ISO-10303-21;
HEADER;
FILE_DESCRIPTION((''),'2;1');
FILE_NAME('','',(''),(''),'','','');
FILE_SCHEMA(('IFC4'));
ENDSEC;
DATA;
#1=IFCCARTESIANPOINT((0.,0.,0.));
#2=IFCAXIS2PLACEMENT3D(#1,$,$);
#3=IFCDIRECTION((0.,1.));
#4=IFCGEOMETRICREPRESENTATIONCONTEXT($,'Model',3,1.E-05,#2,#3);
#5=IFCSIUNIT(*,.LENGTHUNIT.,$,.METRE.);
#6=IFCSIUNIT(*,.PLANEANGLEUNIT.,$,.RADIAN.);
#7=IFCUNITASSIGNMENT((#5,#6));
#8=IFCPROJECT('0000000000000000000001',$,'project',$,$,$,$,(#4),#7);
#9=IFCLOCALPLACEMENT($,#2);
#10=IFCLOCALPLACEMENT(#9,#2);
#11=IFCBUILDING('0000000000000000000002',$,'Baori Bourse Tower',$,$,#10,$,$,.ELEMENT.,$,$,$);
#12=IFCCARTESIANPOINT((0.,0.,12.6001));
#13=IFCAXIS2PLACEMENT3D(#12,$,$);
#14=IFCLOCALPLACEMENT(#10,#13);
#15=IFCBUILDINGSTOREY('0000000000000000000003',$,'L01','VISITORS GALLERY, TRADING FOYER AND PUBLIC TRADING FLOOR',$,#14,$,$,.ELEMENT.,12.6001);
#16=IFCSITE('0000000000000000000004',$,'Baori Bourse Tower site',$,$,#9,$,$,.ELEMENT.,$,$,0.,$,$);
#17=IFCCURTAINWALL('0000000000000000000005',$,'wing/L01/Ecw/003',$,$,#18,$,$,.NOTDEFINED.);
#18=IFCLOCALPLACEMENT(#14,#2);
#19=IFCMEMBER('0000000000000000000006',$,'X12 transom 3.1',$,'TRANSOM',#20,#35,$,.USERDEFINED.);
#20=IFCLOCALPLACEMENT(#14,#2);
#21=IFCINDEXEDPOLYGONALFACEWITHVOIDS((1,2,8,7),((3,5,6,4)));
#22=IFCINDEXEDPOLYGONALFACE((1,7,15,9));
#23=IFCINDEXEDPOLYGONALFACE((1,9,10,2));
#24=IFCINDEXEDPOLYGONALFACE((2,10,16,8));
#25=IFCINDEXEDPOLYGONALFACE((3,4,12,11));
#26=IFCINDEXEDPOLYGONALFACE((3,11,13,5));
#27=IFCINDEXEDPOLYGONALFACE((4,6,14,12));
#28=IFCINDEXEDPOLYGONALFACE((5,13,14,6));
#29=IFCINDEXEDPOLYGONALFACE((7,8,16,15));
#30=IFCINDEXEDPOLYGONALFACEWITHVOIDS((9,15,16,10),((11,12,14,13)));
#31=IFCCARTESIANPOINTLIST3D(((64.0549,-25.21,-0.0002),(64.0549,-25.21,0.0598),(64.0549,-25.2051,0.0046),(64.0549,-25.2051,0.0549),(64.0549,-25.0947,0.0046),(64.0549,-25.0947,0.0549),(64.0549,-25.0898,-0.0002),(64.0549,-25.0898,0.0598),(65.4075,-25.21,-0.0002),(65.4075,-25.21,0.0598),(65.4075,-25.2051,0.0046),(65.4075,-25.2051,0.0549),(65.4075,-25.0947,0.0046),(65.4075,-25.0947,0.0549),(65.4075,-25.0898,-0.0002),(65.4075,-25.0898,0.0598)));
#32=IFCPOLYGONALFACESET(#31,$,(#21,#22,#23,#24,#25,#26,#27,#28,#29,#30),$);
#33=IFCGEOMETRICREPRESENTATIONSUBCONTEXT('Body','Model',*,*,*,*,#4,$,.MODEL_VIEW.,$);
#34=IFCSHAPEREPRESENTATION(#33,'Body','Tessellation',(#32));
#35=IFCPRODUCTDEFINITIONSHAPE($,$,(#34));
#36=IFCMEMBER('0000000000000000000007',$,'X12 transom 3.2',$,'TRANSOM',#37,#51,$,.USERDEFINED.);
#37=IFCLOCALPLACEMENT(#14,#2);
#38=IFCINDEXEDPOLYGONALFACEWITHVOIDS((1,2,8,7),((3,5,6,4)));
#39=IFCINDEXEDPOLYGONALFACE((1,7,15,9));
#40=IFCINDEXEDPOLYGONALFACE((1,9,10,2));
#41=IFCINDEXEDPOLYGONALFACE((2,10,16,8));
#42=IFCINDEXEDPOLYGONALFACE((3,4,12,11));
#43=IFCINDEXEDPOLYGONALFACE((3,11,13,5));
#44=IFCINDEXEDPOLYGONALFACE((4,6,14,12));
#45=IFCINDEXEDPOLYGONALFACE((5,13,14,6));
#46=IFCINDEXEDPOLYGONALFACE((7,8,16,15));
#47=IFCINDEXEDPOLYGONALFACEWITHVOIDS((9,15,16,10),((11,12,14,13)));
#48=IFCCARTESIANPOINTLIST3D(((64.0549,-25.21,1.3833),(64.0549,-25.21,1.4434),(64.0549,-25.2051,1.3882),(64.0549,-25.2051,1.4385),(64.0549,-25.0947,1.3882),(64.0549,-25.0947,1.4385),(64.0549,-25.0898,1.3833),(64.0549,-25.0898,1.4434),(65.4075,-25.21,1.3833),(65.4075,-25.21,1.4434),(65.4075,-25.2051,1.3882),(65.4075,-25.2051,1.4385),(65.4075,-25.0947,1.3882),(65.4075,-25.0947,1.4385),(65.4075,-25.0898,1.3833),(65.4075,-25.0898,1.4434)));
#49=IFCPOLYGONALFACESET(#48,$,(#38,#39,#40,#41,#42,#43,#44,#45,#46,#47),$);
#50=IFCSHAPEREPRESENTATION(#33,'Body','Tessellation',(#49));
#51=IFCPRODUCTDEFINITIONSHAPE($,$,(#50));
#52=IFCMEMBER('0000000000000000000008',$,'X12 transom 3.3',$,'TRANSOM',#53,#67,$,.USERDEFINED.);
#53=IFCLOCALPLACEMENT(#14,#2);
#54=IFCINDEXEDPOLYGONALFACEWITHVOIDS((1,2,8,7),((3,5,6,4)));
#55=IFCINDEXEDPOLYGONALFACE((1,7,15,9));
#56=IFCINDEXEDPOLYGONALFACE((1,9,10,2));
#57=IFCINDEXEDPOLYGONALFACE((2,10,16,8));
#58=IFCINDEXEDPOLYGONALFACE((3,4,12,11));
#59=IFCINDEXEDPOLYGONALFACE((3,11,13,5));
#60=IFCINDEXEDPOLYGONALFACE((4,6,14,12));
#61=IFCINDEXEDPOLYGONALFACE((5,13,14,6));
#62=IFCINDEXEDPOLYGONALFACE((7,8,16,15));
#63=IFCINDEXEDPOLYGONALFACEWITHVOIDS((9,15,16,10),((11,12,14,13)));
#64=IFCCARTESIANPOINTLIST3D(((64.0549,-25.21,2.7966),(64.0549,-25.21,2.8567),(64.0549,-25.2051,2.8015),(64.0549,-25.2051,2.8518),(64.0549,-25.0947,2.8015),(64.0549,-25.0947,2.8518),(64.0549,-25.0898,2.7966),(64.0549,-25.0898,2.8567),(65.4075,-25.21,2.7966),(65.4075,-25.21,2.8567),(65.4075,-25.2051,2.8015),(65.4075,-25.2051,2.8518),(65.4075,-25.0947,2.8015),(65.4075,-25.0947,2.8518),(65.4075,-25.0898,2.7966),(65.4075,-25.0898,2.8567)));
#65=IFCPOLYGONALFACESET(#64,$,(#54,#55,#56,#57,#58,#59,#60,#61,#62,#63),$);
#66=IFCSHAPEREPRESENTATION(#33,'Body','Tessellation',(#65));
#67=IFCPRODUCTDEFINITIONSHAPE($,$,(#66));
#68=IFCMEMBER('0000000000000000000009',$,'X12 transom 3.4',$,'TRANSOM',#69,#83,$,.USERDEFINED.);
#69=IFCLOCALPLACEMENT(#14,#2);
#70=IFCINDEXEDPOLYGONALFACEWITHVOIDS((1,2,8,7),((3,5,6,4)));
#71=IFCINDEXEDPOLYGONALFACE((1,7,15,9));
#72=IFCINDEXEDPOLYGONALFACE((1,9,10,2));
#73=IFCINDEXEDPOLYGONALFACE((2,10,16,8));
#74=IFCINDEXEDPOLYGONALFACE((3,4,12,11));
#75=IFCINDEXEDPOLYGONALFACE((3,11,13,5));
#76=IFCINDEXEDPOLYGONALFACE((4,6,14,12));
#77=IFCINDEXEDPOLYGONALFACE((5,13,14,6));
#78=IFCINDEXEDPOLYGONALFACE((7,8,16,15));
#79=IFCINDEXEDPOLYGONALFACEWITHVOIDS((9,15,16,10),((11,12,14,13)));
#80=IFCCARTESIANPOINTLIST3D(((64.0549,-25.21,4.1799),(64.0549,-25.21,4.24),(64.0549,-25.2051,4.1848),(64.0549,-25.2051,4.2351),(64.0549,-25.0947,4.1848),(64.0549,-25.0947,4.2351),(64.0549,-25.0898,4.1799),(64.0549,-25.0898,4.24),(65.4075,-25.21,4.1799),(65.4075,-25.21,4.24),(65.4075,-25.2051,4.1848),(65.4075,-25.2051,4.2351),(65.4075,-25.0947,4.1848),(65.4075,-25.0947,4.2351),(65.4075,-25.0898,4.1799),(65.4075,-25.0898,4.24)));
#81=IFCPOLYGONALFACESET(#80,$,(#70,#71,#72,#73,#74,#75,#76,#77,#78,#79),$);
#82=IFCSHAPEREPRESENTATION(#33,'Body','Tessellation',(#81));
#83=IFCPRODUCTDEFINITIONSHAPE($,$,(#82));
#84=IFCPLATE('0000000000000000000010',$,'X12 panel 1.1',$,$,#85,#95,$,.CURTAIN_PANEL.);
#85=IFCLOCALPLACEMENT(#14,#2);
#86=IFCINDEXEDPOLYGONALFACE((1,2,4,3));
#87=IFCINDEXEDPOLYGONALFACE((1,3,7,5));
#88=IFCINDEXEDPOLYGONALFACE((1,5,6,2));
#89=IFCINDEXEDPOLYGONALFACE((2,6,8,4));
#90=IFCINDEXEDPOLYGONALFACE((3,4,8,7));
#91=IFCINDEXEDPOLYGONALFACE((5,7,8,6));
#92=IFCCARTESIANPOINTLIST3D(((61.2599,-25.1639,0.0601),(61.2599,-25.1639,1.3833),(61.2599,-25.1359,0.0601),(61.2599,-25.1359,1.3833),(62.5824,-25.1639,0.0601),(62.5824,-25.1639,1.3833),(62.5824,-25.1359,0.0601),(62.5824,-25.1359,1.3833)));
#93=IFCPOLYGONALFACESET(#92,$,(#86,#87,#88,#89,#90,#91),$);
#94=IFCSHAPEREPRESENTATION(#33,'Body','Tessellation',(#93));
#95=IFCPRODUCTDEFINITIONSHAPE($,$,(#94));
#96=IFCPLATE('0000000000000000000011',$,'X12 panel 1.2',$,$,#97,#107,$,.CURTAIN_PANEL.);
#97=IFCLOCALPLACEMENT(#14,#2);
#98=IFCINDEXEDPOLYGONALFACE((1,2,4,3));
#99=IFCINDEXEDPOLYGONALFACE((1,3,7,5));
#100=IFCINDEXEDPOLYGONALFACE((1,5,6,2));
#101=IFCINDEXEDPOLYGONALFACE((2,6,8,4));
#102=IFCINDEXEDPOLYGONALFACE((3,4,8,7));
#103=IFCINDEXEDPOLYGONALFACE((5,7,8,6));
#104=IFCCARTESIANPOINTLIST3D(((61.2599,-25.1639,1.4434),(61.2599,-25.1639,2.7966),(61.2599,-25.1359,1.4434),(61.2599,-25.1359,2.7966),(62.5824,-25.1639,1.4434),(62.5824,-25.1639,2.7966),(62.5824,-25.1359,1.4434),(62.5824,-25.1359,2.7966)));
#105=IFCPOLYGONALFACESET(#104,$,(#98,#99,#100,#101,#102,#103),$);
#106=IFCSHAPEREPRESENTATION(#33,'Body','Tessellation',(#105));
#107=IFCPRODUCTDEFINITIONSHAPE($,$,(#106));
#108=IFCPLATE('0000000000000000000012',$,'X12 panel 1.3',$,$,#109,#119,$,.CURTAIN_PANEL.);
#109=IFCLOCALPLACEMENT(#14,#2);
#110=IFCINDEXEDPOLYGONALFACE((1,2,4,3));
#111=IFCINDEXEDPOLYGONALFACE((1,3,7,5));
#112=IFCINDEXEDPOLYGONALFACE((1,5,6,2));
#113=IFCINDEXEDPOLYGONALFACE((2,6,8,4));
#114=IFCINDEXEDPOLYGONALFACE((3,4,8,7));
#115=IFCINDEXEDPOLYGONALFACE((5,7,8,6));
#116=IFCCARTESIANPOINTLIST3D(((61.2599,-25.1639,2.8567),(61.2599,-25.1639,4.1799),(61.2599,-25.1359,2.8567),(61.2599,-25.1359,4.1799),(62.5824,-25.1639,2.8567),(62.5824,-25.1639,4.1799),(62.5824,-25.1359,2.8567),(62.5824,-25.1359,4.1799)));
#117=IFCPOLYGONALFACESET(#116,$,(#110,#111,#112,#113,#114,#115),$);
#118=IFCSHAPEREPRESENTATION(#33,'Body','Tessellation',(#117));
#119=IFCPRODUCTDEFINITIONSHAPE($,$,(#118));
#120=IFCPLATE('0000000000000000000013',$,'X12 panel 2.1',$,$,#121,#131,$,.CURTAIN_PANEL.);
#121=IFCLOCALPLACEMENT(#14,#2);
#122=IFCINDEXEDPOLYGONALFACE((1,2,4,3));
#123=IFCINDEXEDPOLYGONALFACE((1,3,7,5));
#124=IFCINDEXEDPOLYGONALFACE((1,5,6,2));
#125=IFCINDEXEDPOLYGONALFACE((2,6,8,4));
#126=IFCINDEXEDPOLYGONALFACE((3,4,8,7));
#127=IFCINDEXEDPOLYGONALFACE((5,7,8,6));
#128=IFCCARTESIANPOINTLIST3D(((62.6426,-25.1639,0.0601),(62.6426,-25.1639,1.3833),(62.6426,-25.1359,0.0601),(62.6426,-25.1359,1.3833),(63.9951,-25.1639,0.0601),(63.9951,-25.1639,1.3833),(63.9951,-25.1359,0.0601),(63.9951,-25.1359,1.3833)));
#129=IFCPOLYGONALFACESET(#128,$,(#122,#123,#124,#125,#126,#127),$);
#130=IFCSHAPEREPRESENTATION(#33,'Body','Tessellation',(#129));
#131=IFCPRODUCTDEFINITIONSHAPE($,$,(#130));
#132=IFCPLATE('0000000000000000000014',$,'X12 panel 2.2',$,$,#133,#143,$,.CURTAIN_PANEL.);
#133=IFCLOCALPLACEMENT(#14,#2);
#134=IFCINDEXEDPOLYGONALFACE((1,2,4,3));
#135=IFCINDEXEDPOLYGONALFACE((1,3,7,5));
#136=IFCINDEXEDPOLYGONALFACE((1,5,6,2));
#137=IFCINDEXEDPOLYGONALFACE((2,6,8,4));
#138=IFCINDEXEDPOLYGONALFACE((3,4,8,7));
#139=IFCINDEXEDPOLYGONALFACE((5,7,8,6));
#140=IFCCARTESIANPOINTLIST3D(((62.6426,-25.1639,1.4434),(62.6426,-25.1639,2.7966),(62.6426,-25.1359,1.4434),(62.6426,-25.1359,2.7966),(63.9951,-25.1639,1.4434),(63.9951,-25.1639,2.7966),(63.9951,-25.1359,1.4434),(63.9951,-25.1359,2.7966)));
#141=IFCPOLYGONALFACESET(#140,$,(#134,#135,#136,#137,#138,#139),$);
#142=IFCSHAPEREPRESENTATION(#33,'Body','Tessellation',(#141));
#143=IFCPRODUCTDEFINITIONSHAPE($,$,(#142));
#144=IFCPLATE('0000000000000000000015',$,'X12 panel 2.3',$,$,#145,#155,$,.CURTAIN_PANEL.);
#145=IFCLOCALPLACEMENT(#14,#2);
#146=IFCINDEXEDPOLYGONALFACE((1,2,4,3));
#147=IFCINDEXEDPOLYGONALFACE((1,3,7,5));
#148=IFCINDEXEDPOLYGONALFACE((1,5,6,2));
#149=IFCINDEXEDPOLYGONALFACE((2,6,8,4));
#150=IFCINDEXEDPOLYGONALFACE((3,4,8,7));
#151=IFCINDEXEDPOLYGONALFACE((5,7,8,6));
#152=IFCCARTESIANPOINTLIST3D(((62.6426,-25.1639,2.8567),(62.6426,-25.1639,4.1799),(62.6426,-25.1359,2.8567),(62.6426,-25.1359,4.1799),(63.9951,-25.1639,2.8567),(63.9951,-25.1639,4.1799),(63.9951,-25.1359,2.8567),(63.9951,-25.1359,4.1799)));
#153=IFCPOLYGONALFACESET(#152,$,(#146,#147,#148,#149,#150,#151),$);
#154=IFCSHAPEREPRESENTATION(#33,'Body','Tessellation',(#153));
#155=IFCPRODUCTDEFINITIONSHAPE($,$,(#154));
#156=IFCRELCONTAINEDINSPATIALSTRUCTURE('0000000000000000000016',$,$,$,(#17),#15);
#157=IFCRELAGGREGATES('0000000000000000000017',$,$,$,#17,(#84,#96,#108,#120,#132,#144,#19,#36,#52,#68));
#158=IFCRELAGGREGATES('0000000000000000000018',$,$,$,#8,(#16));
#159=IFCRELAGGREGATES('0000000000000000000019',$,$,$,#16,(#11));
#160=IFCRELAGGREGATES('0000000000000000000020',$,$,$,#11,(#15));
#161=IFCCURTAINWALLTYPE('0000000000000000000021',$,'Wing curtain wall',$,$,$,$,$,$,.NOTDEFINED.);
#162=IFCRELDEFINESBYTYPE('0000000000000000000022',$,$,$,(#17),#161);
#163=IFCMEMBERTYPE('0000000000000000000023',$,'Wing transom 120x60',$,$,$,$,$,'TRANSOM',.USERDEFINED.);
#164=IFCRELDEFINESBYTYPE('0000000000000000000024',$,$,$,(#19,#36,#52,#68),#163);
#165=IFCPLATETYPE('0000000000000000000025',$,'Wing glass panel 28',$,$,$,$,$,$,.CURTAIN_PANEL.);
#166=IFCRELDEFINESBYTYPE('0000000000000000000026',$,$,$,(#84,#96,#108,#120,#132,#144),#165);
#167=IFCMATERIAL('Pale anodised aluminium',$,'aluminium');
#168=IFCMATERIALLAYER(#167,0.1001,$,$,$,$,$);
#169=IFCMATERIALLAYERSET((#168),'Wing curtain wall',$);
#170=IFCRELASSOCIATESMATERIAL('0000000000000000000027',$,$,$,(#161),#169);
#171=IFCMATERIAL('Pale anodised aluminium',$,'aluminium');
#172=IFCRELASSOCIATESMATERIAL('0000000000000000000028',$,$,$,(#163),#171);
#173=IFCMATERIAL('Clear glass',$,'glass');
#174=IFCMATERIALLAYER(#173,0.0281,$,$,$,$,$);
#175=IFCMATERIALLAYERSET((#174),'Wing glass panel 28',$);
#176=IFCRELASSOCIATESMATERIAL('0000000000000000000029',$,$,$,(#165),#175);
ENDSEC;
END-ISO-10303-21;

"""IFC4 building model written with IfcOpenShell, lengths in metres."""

from ifc_helpers import new_model, si_unit, direction, frame, origin, origin_2d, place, context, subcontext, project, spatial, rectangle, hollow_rectangle, extrude, material, layer, layer_set, material_profile, profile_set, type_object, element, aggregate, save


model = new_model("IFC4")

# Units and contexts
model_context = context("Model", 3, precision=1e-05, world=origin(), true_north=direction((0.0, 1.0)))
body_context = subcontext(model_context, "Body", "Model", "MODEL_VIEW")
ifc_project = project(units=[si_unit("LENGTHUNIT", "METRE"), si_unit("PLANEANGLEUNIT", "RADIAN")], contexts=[model_context])

# Site, building, storey
site_placement = place(None, origin())
site = spatial("IfcSite", under=ifc_project, at=site_placement, Name="Baori Bourse Tower site", CompositionType="ELEMENT", RefElevation=0.0)
building_placement = place(site_placement, origin())
building = spatial("IfcBuilding", under=site, at=building_placement, Name="Baori Bourse Tower", CompositionType="ELEMENT")
storey_placement = place(building_placement, frame((0.0, 0.0, 12.6001)))
storey = spatial("IfcBuildingStorey", under=building, at=storey_placement, Name="L01", Description="VISITORS GALLERY, TRADING FOYER AND PUBLIC TRADING FLOOR", CompositionType="ELEMENT", Elevation=12.6001)

# Curtain wall, members, plates
ifc_material_1 = material(Name="Pale anodised aluminium", Category="aluminium")
ifc_layer_1 = layer(ifc_material_1, 0.1001)
ifc_layer_set_1 = layer_set([ifc_layer_1], Name="Wing curtain wall")
curtain_wall_type = type_object("IfcCurtainWallType", Name="Wing curtain wall", PredefinedType="NOTDEFINED", material=ifc_layer_set_1)
curtain_wall_placement = place(storey_placement, origin())
curtain_wall = element("IfcCurtainWall", 1, at=curtain_wall_placement, inside=storey, type_object=curtain_wall_type, Name="wing/L01/Ecw/003", PredefinedType="NOTDEFINED")
ifc_material_2 = material(Name="Pale anodised aluminium", Category="aluminium")
ifc_material_profile_1 = material_profile(ifc_material_2, hollow_rectangle(XDim=0.1201, YDim=0.0601, WallThickness=0.0049, at=origin_2d()), Name="Transom 120x60x5")
ifc_profile_set_1 = profile_set([ifc_material_profile_1], Name="Pale anodised aluminium")
member_type_1 = type_object("IfcMemberType", Name="Wing transom 120x60", ElementType="TRANSOM", PredefinedType="USERDEFINED", material=ifc_profile_set_1)
member_1_placement = place(storey_placement, frame((64.0549, -25.1499, 0.0298), z_axis=(1.0, 0.0, 0.0), x_axis=(0.0, 1.0, 0.0)))
member_1 = element("IfcMember", 2, at=member_1_placement, type_object=member_type_1, Name="X12 transom 3.1", ObjectType="TRANSOM", PredefinedType="USERDEFINED", context=body_context, shape_type="SweptSolid", body=[
    extrude(hollow_rectangle(XDim=0.1201, YDim=0.0601, WallThickness=0.0049, at=origin_2d()), origin(), (0.0, 0.0, 1.0), 1.3525),
])
member_2_placement = place(storey_placement, frame((64.0549, -25.1499, 1.4133), z_axis=(1.0, 0.0, 0.0), x_axis=(0.0, 1.0, 0.0)))
member_2 = element("IfcMember", 3, at=member_2_placement, type_object=member_type_1, Name="X12 transom 3.2", ObjectType="TRANSOM", PredefinedType="USERDEFINED", context=body_context, shape_type="SweptSolid", body=[
    extrude(hollow_rectangle(XDim=0.1201, YDim=0.0601, WallThickness=0.0049, at=origin_2d()), origin(), (0.0, 0.0, 1.0), 1.3525),
])
member_3_placement = place(storey_placement, frame((64.0549, -25.1499, 2.8267), z_axis=(1.0, 0.0, 0.0), x_axis=(0.0, 1.0, 0.0)))
member_3 = element("IfcMember", 4, at=member_3_placement, type_object=member_type_1, Name="X12 transom 3.3", ObjectType="TRANSOM", PredefinedType="USERDEFINED", context=body_context, shape_type="SweptSolid", body=[
    extrude(hollow_rectangle(XDim=0.1201, YDim=0.0601, WallThickness=0.0049, at=origin_2d()), origin(), (0.0, 0.0, 1.0), 1.3525),
])
member_4_placement = place(storey_placement, frame((64.0549, -25.1499, 4.21), z_axis=(1.0, 0.0, 0.0), x_axis=(0.0, 1.0, 0.0)))
member_4 = element("IfcMember", 5, at=member_4_placement, type_object=member_type_1, Name="X12 transom 3.4", ObjectType="TRANSOM", PredefinedType="USERDEFINED", context=body_context, shape_type="SweptSolid", body=[
    extrude(hollow_rectangle(XDim=0.1201, YDim=0.0601, WallThickness=0.0049, at=origin_2d()), origin(), (0.0, 0.0, 1.0), 1.3525),
])
ifc_material_3 = material(Name="Clear glass", Category="glass")
ifc_layer_2 = layer(ifc_material_3, 0.0281)
ifc_layer_set_2 = layer_set([ifc_layer_2], Name="Wing glass panel 28")
plate_type = type_object("IfcPlateType", Name="Wing glass panel 28", PredefinedType="CURTAIN_PANEL", material=ifc_layer_set_2)
plate_1_placement = place(storey_placement, frame((61.9211, -25.1499, 0.0601), z_axis=(0.0, 0.0, 1.0), x_axis=(1.0, 0.0, 0.0)))
plate_1 = element("IfcPlate", 6, at=plate_1_placement, type_object=plate_type, Name="X12 panel 1.1", PredefinedType="CURTAIN_PANEL", context=body_context, shape_type="SweptSolid", body=[
    extrude(rectangle(XDim=1.3225, YDim=0.0281, at=origin_2d()), origin(), (0.0, 0.0, 1.0), 1.3232),
])
plate_2_placement = place(storey_placement, frame((61.9211, -25.1499, 1.4434), z_axis=(0.0, 0.0, 1.0), x_axis=(1.0, 0.0, 0.0)))
plate_2 = element("IfcPlate", 7, at=plate_2_placement, type_object=plate_type, Name="X12 panel 1.2", PredefinedType="CURTAIN_PANEL", context=body_context, shape_type="SweptSolid", body=[
    extrude(rectangle(XDim=1.3225, YDim=0.0281, at=origin_2d()), origin(), (0.0, 0.0, 1.0), 1.3533),
])
plate_3_placement = place(storey_placement, frame((61.9211, -25.1499, 2.8567), z_axis=(0.0, 0.0, 1.0), x_axis=(1.0, 0.0, 0.0)))
plate_3 = element("IfcPlate", 8, at=plate_3_placement, type_object=plate_type, Name="X12 panel 1.3", PredefinedType="CURTAIN_PANEL", context=body_context, shape_type="SweptSolid", body=[
    extrude(rectangle(XDim=1.3225, YDim=0.0281, at=origin_2d()), origin(), (0.0, 0.0, 1.0), 1.3232),
])
plate_4_placement = place(storey_placement, frame((63.3188, -25.1499, 0.0601), z_axis=(0.0, 0.0, 1.0), x_axis=(1.0, 0.0, 0.0)))
plate_4 = element("IfcPlate", 9, at=plate_4_placement, type_object=plate_type, Name="X12 panel 2.1", PredefinedType="CURTAIN_PANEL", context=body_context, shape_type="SweptSolid", body=[
    extrude(rectangle(XDim=1.3525, YDim=0.0281, at=origin_2d()), origin(), (0.0, 0.0, 1.0), 1.3232),
])
plate_5_placement = place(storey_placement, frame((63.3188, -25.1499, 1.4434), z_axis=(0.0, 0.0, 1.0), x_axis=(1.0, 0.0, 0.0)))
plate_5 = element("IfcPlate", 10, at=plate_5_placement, type_object=plate_type, Name="X12 panel 2.2", PredefinedType="CURTAIN_PANEL", context=body_context, shape_type="SweptSolid", body=[
    extrude(rectangle(XDim=1.3525, YDim=0.0281, at=origin_2d()), origin(), (0.0, 0.0, 1.0), 1.3533),
])
plate_6_placement = place(storey_placement, frame((63.3188, -25.1499, 2.8567), z_axis=(0.0, 0.0, 1.0), x_axis=(1.0, 0.0, 0.0)))
plate_6 = element("IfcPlate", 11, at=plate_6_placement, type_object=plate_type, Name="X12 panel 2.3", PredefinedType="CURTAIN_PANEL", context=body_context, shape_type="SweptSolid", body=[
    extrude(rectangle(XDim=1.3525, YDim=0.0281, at=origin_2d()), origin(), (0.0, 0.0, 1.0), 1.3232),
])
aggregate(curtain_wall, [plate_1, plate_2, plate_3, plate_4, plate_5, plate_6, member_1, member_2, member_3, member_4])

save(model, "model.ifc")
